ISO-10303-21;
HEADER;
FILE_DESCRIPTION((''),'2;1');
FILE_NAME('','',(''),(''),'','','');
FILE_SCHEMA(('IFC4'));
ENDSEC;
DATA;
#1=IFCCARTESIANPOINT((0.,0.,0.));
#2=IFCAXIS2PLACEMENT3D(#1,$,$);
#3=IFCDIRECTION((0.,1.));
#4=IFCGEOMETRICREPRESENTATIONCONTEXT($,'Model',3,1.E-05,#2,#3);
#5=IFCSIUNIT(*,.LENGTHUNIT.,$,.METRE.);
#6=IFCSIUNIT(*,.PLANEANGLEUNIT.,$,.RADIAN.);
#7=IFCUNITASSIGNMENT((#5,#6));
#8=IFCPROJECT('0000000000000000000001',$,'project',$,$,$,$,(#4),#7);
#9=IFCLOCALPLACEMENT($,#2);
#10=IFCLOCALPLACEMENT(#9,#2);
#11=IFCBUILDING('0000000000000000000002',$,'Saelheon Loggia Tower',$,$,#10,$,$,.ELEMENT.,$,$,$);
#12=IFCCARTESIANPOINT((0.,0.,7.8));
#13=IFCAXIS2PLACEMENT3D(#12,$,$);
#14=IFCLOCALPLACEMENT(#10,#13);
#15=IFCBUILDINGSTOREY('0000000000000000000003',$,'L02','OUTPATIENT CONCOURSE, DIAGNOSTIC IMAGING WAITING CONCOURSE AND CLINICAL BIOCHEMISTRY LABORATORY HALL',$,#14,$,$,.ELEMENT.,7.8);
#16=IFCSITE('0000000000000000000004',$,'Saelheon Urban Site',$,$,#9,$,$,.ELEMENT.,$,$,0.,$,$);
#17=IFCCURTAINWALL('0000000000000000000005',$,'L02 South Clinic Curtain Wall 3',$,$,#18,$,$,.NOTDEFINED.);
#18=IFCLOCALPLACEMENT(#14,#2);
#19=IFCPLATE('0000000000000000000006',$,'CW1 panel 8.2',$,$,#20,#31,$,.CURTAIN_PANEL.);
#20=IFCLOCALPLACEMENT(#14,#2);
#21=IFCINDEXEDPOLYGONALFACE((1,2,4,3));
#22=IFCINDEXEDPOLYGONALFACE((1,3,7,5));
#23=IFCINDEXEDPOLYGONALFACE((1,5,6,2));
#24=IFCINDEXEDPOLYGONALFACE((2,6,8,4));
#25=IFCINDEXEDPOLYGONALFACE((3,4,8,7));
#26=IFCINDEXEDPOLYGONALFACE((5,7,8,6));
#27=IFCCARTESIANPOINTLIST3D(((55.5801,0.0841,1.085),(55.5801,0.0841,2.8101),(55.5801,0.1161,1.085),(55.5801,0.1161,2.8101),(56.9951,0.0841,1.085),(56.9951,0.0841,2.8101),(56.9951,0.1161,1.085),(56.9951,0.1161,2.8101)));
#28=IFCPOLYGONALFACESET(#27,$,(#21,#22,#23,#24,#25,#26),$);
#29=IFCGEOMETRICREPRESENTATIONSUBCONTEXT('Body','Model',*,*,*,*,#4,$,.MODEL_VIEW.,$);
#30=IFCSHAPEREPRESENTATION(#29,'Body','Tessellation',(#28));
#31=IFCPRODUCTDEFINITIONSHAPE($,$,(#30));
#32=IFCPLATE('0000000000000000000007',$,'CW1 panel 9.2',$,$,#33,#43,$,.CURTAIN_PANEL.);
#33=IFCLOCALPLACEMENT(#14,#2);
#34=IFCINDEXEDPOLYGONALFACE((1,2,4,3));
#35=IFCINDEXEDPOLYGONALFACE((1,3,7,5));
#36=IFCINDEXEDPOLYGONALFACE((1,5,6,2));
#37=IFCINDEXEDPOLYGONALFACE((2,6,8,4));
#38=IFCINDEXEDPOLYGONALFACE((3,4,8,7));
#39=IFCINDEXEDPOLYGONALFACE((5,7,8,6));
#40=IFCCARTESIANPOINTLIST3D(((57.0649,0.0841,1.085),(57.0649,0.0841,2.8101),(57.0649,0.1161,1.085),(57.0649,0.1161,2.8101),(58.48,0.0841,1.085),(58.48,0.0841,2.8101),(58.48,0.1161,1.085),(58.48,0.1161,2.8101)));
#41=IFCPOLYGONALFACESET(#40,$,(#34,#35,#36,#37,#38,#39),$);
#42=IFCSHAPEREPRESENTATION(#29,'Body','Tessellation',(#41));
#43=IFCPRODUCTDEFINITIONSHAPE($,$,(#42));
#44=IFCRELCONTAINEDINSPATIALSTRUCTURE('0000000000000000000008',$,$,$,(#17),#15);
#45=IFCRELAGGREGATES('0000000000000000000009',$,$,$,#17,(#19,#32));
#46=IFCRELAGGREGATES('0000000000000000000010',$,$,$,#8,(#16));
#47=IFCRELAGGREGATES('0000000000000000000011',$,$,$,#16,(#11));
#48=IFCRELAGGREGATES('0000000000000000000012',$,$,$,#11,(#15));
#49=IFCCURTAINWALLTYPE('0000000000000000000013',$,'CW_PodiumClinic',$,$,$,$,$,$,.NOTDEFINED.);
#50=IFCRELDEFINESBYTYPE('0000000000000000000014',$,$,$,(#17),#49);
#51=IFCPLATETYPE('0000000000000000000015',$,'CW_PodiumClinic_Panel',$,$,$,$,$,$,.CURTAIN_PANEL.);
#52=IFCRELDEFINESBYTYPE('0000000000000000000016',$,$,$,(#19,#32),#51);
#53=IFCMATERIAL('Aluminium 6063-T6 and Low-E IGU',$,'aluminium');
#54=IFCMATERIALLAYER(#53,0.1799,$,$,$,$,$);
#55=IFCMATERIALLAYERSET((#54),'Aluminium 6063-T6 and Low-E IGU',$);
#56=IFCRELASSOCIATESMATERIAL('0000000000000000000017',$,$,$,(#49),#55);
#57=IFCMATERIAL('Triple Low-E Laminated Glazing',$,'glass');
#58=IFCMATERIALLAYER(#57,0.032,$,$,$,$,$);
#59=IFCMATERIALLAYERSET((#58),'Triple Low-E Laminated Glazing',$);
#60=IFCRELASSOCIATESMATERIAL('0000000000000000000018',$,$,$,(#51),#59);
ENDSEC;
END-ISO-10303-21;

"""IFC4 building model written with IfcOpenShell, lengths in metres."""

from ifc_helpers import new_model, si_unit, direction, frame, origin, origin_2d, place, context, subcontext, project, spatial, rectangle, extrude, source, transform, mapped, material, layer, layer_set, type_object, element, aggregate, save


model = new_model("IFC4")

# Units and contexts
model_context = context("Model", 3, precision=1e-05, world=origin(), true_north=direction((0.0, 1.0)))
body_context = subcontext(model_context, "Body", "Model", "MODEL_VIEW")
ifc_project = project(units=[si_unit("LENGTHUNIT", "METRE"), si_unit("PLANEANGLEUNIT", "RADIAN")], contexts=[model_context])

# Site, building, storey
site_placement = place(None, origin())
site = spatial("IfcSite", under=ifc_project, at=site_placement, Name="Saelheon Urban Site", CompositionType="ELEMENT", RefElevation=0.0)
building_placement = place(site_placement, origin())
building = spatial("IfcBuilding", under=site, at=building_placement, Name="Saelheon Loggia Tower", CompositionType="ELEMENT")
storey_placement = place(building_placement, frame((0.0, 0.0, 7.8)))
storey = spatial("IfcBuildingStorey", under=building, at=storey_placement, Name="L02", Description="OUTPATIENT CONCOURSE, DIAGNOSTIC IMAGING WAITING CONCOURSE AND CLINICAL BIOCHEMISTRY LABORATORY HALL", CompositionType="ELEMENT", Elevation=7.8)

# Curtain wall, plates
ifc_material_1 = material(Name="Aluminium 6063-T6 and Low-E IGU", Category="aluminium")
ifc_layer_1 = layer(ifc_material_1, 0.1799)
ifc_layer_set_1 = layer_set([ifc_layer_1], Name="Aluminium 6063-T6 and Low-E IGU")
curtain_wall_type = type_object("IfcCurtainWallType", Name="CW_PodiumClinic", PredefinedType="NOTDEFINED", material=ifc_layer_set_1)
curtain_wall_placement = place(storey_placement, origin())
curtain_wall = element("IfcCurtainWall", 1, at=curtain_wall_placement, inside=storey, type_object=curtain_wall_type, Name="L02 South Clinic Curtain Wall 3", PredefinedType="NOTDEFINED")
ifc_material_2 = material(Name="Triple Low-E Laminated Glazing", Category="glass")
ifc_layer_2 = layer(ifc_material_2, 0.032)
ifc_layer_set_2 = layer_set([ifc_layer_2], Name="Triple Low-E Laminated Glazing")
plate_type = type_object("IfcPlateType", Name="CW_PodiumClinic_Panel", PredefinedType="CURTAIN_PANEL", material=ifc_layer_set_2)
shared_shape_1 = source(origin(), body_context, "Body", "SweptSolid", [
    extrude(rectangle(XDim=1.415, YDim=0.032, at=origin_2d()), origin(), (0.0, 0.0, 1.0), 1.7251),
])
plate_1_placement = place(storey_placement, frame((56.2876, 0.1001, 1.085), z_axis=(0.0, 0.0, 1.0), x_axis=(1.0, 0.0, 0.0)))
plate_1 = element("IfcPlate", 2, at=plate_1_placement, type_object=plate_type, Name="CW1 panel 8.2", PredefinedType="CURTAIN_PANEL", context=body_context, shape_type="MappedRepresentation", body=[
    mapped(shared_shape_1, transform((0.0, 0.0, 0.0), scale=1.0)),
])
plate_2_placement = place(storey_placement, frame((57.7725, 0.1001, 1.085), z_axis=(0.0, 0.0, 1.0), x_axis=(1.0, 0.0, 0.0)))
plate_2 = element("IfcPlate", 3, at=plate_2_placement, type_object=plate_type, Name="CW1 panel 9.2", PredefinedType="CURTAIN_PANEL", context=body_context, shape_type="MappedRepresentation", body=[
    mapped(shared_shape_1, transform((0.0, 0.0, 0.0), scale=1.0)),
])
aggregate(curtain_wall, [plate_1, plate_2])

save(model, "model.ifc")
